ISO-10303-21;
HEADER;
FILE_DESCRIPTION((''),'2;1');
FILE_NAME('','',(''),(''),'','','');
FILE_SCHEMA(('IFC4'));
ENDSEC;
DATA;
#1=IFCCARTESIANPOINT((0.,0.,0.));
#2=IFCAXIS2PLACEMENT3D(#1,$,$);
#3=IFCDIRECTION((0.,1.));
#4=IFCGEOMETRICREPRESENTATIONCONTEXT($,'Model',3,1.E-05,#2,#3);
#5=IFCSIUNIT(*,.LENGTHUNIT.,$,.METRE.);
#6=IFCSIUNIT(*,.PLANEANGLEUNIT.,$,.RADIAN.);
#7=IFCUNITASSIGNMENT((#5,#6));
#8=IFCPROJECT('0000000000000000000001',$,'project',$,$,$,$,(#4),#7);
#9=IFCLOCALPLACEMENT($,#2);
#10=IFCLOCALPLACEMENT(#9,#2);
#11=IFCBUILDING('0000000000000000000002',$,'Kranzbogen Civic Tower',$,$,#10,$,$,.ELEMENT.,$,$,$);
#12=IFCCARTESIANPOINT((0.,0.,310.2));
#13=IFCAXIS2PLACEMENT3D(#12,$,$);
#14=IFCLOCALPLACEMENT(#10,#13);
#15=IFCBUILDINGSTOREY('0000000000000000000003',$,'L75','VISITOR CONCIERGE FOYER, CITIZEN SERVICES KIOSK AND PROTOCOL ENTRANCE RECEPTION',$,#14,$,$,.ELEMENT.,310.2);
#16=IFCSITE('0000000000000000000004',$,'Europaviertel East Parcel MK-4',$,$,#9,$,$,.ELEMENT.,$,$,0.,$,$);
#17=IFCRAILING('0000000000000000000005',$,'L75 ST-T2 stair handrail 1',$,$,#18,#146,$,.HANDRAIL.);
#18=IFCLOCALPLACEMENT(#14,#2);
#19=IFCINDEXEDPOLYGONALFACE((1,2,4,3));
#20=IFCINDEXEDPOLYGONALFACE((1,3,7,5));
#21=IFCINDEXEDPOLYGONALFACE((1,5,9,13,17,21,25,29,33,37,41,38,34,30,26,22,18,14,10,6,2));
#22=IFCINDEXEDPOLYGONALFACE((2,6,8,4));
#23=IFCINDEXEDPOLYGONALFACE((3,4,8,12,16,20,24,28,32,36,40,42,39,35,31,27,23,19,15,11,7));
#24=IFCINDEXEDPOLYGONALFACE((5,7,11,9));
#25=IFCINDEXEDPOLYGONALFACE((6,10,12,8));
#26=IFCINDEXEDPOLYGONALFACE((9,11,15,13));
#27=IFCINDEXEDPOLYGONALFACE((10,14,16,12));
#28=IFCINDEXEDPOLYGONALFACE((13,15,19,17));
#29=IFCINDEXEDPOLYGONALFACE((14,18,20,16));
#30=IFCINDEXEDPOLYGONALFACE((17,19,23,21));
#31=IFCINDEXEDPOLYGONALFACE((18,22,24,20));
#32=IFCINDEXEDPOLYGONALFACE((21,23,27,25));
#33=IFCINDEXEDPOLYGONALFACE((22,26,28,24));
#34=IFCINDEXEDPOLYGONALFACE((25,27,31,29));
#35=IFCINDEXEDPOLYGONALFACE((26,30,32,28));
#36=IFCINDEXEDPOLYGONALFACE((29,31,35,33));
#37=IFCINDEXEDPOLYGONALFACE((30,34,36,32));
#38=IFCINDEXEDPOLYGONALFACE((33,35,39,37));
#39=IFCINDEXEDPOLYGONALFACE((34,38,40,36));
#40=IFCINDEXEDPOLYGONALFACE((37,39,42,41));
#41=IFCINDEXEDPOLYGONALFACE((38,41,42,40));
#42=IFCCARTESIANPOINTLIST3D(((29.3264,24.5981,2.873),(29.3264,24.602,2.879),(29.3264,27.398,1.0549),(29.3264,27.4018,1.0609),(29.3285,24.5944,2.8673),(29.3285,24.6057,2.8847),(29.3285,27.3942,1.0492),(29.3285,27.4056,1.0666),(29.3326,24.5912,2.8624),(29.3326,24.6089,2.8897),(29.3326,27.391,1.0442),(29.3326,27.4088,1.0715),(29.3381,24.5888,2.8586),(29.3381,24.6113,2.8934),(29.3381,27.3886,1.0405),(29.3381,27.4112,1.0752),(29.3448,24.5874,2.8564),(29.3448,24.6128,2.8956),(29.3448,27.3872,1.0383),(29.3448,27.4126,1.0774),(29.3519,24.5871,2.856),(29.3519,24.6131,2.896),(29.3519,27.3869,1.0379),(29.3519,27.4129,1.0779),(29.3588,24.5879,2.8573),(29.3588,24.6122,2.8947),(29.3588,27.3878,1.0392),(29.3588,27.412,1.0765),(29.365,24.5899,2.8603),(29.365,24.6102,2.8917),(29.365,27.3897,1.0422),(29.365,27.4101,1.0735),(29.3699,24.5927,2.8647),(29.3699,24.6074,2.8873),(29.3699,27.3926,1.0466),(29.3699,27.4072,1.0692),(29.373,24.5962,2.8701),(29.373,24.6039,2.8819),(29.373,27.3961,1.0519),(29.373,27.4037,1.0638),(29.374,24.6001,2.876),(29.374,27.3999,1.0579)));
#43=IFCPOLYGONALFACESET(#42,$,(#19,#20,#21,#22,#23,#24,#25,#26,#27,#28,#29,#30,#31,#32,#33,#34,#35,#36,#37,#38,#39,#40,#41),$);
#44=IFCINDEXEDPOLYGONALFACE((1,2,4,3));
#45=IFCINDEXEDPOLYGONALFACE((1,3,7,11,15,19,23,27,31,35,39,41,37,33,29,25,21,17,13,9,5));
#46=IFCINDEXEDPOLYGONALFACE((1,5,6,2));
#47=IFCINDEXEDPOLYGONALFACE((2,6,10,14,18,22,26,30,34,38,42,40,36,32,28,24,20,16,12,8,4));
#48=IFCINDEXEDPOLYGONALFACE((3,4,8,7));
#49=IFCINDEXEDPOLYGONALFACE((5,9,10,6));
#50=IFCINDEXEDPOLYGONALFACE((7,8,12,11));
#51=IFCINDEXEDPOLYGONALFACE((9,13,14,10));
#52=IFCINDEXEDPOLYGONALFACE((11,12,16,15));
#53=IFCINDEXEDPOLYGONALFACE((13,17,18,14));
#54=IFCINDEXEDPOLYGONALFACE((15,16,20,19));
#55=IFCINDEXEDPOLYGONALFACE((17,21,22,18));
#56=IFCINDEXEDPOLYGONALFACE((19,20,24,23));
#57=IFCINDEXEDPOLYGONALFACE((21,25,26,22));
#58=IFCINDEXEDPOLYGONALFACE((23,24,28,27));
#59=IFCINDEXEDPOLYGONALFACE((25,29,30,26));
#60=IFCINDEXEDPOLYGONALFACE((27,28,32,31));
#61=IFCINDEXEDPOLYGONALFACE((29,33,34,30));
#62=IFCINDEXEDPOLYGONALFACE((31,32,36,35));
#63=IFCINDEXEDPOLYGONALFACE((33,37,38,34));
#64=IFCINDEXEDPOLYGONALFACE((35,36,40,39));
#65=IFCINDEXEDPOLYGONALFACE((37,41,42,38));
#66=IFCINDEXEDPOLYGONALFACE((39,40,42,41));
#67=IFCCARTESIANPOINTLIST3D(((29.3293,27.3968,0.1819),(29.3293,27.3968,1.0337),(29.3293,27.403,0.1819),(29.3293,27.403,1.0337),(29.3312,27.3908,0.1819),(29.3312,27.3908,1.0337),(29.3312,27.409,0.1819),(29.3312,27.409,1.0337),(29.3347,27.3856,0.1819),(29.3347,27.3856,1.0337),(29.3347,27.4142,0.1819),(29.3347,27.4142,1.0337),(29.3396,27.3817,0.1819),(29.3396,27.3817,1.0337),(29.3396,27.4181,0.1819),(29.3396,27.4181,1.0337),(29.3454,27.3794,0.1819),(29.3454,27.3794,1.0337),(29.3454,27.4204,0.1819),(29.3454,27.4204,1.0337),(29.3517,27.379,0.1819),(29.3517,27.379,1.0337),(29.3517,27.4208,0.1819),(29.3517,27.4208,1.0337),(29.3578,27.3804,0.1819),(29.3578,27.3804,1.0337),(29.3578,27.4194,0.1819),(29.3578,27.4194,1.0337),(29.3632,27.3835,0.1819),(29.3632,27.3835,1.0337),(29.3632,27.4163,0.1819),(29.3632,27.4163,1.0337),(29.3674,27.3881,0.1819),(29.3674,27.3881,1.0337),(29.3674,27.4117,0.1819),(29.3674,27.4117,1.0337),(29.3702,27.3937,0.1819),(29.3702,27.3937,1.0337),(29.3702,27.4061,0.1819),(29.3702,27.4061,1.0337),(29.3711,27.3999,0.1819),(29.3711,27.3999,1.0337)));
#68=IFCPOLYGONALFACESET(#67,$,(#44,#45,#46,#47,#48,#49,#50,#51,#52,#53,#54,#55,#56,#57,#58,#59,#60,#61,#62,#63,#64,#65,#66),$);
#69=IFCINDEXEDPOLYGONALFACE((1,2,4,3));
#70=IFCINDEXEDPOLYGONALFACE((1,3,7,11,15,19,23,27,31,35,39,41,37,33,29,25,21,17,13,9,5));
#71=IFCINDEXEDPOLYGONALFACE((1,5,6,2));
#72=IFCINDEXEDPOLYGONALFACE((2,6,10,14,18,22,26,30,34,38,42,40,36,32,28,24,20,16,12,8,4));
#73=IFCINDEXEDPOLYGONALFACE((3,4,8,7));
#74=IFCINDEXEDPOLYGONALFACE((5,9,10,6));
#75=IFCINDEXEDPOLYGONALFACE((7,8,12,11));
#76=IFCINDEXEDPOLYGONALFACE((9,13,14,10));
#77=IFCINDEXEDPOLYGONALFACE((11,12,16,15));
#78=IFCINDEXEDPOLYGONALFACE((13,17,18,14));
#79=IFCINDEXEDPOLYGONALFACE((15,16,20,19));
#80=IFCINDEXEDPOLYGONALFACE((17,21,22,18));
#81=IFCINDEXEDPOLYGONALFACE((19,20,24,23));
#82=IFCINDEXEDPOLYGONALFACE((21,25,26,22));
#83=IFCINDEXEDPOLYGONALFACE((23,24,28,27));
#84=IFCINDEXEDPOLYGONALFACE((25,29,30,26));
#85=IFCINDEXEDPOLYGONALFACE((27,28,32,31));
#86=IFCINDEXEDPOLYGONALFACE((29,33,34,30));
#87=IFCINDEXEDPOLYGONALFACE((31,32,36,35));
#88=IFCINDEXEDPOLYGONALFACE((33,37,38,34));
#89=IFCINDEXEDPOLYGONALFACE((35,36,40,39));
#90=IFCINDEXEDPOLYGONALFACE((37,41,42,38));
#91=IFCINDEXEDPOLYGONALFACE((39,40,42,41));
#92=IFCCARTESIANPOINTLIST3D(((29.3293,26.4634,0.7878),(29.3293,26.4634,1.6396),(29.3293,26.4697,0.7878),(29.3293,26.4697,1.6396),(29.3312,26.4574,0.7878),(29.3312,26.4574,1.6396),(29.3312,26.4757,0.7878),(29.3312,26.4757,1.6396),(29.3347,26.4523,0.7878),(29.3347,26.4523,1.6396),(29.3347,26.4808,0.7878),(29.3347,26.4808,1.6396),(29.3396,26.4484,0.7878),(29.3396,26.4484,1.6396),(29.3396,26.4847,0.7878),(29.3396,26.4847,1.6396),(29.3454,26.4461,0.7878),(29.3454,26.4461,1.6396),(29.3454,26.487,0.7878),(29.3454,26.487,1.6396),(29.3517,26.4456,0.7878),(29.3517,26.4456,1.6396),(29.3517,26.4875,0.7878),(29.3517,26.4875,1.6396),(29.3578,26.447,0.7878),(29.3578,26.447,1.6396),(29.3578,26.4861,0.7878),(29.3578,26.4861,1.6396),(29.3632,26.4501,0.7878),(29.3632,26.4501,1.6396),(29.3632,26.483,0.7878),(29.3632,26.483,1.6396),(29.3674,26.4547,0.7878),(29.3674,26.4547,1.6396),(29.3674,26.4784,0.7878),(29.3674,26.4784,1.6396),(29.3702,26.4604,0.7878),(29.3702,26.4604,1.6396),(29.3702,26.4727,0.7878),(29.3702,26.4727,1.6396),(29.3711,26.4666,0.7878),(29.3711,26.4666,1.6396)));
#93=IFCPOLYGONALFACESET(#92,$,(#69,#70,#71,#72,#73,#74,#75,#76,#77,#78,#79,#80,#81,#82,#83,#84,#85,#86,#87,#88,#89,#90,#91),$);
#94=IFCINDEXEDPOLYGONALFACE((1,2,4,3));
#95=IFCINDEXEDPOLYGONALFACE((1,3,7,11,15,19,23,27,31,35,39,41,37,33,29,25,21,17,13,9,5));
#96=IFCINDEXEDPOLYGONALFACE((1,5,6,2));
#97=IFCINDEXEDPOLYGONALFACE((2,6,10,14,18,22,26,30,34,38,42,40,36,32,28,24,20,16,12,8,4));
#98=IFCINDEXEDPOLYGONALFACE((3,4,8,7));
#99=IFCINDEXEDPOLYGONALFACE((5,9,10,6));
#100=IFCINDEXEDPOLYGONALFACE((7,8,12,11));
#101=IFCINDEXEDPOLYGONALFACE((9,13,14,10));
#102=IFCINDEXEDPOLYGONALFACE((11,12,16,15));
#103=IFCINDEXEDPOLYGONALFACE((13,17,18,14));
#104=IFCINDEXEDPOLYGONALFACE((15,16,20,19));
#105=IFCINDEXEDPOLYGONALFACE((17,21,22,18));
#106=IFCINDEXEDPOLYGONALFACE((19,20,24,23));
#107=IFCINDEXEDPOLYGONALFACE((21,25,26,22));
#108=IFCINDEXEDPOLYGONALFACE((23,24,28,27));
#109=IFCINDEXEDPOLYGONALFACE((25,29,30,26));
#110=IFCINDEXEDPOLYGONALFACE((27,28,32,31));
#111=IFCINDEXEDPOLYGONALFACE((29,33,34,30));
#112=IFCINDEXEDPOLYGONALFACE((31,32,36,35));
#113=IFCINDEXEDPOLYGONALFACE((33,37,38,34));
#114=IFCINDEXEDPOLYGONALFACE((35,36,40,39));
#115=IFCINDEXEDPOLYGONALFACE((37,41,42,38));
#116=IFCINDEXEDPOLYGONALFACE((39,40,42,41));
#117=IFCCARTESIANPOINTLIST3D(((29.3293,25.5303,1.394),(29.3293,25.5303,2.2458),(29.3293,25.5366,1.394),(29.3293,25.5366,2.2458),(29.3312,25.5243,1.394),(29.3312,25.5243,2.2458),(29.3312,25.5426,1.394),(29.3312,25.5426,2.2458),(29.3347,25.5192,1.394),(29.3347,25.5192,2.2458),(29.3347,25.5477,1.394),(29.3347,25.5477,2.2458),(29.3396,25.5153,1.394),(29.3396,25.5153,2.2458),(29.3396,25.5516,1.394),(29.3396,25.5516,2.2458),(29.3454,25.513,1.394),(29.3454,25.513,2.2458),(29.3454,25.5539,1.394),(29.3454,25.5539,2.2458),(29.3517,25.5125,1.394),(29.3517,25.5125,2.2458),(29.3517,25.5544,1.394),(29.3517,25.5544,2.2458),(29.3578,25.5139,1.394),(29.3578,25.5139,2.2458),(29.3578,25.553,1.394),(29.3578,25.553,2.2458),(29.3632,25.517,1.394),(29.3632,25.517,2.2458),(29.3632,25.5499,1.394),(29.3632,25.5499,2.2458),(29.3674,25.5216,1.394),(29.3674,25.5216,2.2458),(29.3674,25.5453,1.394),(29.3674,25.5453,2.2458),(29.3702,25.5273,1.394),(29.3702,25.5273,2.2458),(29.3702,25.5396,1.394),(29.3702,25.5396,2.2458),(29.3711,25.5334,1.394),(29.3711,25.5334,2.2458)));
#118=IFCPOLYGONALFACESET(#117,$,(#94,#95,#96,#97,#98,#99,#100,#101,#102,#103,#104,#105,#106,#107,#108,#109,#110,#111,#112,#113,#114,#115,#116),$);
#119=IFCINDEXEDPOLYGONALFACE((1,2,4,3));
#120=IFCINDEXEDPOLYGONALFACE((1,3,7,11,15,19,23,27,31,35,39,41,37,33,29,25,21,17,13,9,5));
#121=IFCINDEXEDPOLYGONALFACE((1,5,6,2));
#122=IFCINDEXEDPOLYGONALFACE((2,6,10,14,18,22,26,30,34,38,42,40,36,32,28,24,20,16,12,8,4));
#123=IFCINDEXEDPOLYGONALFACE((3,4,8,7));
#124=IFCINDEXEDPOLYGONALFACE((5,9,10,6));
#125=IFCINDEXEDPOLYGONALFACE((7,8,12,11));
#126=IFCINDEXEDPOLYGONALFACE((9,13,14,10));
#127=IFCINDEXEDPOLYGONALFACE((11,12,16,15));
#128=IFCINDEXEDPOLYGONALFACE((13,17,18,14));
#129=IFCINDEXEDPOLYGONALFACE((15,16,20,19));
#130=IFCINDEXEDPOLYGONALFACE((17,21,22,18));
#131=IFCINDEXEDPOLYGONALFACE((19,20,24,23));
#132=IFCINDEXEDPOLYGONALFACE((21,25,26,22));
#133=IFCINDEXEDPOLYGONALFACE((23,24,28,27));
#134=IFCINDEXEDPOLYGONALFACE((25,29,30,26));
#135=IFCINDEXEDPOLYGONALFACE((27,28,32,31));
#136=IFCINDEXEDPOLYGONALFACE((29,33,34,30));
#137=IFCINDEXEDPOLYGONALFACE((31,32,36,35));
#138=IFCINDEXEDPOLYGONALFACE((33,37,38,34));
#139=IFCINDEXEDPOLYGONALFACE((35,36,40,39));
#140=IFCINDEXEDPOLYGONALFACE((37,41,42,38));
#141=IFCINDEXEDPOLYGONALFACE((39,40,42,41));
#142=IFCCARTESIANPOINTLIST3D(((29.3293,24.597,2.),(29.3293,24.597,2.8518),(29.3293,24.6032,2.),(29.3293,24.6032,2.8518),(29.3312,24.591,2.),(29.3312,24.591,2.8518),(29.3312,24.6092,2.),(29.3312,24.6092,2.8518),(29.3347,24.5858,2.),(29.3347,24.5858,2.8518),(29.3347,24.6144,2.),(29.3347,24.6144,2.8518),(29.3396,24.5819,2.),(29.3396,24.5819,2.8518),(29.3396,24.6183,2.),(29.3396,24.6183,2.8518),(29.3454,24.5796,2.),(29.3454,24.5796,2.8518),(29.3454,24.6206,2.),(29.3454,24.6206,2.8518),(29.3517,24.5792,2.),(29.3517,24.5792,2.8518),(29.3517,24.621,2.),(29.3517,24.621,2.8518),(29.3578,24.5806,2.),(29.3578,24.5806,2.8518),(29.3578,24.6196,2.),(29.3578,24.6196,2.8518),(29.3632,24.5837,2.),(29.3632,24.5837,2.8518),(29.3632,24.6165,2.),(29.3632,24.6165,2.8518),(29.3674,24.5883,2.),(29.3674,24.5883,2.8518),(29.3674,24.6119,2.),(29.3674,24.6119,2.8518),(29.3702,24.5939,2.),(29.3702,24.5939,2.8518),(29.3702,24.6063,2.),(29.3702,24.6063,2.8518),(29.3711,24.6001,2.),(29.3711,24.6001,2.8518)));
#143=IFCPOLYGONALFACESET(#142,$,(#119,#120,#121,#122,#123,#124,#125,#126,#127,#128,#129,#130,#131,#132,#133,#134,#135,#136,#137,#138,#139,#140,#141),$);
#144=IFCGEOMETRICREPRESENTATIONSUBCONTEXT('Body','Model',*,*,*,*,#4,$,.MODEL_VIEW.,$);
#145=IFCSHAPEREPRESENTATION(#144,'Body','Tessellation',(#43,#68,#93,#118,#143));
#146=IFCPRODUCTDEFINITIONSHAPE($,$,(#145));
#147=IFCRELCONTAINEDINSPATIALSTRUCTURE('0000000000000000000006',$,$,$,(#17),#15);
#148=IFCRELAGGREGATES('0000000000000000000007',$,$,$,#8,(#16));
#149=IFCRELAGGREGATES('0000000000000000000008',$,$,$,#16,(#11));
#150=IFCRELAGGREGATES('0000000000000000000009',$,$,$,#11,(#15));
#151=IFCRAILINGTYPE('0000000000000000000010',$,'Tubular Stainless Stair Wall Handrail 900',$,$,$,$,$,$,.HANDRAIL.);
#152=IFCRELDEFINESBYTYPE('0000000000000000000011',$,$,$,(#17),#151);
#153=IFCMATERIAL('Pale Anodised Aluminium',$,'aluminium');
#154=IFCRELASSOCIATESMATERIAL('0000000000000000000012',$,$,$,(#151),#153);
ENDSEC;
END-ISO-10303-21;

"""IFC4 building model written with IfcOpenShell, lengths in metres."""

from ifc_helpers import new_model, si_unit, direction, frame, origin, origin_2d, place, context, subcontext, project, spatial, circle, extrude, material, type_object, element, save


model = new_model("IFC4")

# Units and contexts
model_context = context("Model", 3, precision=1e-05, world=origin(), true_north=direction((0.0, 1.0)))
body_context = subcontext(model_context, "Body", "Model", "MODEL_VIEW")
ifc_project = project(units=[si_unit("LENGTHUNIT", "METRE"), si_unit("PLANEANGLEUNIT", "RADIAN")], contexts=[model_context])

# Site, building, storey
site_placement = place(None, origin())
site = spatial("IfcSite", under=ifc_project, at=site_placement, Name="Europaviertel East Parcel MK-4", CompositionType="ELEMENT", RefElevation=0.0)
building_placement = place(site_placement, origin())
building = spatial("IfcBuilding", under=site, at=building_placement, Name="Kranzbogen Civic Tower", CompositionType="ELEMENT")
storey_placement = place(building_placement, frame((0.0, 0.0, 310.2)))
storey = spatial("IfcBuildingStorey", under=building, at=storey_placement, Name="L75", Description="VISITOR CONCIERGE FOYER, CITIZEN SERVICES KIOSK AND PROTOCOL ENTRANCE RECEPTION", CompositionType="ELEMENT", Elevation=310.2)

# Shared definitions
ifc_material_1 = material(Name="Pale Anodised Aluminium", Category="aluminium")

# Railing
railing_type_1 = type_object("IfcRailingType", Name="Tubular Stainless Stair Wall Handrail 900", PredefinedType="HANDRAIL", material=ifc_material_1)
railing_1_placement = place(storey_placement, frame((29.3501, 27.3999, 0.1819)))
element("IfcRailing", 1, at=railing_1_placement, inside=storey, type_object=railing_type_1, Name="L75 ST-T2 stair handrail 1", PredefinedType="HANDRAIL", context=body_context, shape_type="SweptSolid", body=[
    extrude(circle(Radius=0.0239, at=origin_2d()), frame((0.0, 0.0, 0.876), z_axis=(0.0, -0.838684, 0.544618), x_axis=(1.0, 0.0, 0.0)), (0.0, 0.0, 1.0), 3.3384),
    extrude(circle(Radius=0.021, at=origin_2d()), origin(), (0.0, 0.0, 1.0), 0.8518),
    extrude(circle(Radius=0.021, at=origin_2d()), frame((0.0, -0.9333, 0.606)), (0.0, 0.0, 1.0), 0.8518),
    extrude(circle(Radius=0.021, at=origin_2d()), frame((0.0, -1.8665, 1.2122)), (0.0, 0.0, 1.0), 0.8518),
    extrude(circle(Radius=0.021, at=origin_2d()), frame((0.0, -2.7998, 1.8181)), (0.0, 0.0, 1.0), 0.8518),
])

save(model, "model.ifc")
